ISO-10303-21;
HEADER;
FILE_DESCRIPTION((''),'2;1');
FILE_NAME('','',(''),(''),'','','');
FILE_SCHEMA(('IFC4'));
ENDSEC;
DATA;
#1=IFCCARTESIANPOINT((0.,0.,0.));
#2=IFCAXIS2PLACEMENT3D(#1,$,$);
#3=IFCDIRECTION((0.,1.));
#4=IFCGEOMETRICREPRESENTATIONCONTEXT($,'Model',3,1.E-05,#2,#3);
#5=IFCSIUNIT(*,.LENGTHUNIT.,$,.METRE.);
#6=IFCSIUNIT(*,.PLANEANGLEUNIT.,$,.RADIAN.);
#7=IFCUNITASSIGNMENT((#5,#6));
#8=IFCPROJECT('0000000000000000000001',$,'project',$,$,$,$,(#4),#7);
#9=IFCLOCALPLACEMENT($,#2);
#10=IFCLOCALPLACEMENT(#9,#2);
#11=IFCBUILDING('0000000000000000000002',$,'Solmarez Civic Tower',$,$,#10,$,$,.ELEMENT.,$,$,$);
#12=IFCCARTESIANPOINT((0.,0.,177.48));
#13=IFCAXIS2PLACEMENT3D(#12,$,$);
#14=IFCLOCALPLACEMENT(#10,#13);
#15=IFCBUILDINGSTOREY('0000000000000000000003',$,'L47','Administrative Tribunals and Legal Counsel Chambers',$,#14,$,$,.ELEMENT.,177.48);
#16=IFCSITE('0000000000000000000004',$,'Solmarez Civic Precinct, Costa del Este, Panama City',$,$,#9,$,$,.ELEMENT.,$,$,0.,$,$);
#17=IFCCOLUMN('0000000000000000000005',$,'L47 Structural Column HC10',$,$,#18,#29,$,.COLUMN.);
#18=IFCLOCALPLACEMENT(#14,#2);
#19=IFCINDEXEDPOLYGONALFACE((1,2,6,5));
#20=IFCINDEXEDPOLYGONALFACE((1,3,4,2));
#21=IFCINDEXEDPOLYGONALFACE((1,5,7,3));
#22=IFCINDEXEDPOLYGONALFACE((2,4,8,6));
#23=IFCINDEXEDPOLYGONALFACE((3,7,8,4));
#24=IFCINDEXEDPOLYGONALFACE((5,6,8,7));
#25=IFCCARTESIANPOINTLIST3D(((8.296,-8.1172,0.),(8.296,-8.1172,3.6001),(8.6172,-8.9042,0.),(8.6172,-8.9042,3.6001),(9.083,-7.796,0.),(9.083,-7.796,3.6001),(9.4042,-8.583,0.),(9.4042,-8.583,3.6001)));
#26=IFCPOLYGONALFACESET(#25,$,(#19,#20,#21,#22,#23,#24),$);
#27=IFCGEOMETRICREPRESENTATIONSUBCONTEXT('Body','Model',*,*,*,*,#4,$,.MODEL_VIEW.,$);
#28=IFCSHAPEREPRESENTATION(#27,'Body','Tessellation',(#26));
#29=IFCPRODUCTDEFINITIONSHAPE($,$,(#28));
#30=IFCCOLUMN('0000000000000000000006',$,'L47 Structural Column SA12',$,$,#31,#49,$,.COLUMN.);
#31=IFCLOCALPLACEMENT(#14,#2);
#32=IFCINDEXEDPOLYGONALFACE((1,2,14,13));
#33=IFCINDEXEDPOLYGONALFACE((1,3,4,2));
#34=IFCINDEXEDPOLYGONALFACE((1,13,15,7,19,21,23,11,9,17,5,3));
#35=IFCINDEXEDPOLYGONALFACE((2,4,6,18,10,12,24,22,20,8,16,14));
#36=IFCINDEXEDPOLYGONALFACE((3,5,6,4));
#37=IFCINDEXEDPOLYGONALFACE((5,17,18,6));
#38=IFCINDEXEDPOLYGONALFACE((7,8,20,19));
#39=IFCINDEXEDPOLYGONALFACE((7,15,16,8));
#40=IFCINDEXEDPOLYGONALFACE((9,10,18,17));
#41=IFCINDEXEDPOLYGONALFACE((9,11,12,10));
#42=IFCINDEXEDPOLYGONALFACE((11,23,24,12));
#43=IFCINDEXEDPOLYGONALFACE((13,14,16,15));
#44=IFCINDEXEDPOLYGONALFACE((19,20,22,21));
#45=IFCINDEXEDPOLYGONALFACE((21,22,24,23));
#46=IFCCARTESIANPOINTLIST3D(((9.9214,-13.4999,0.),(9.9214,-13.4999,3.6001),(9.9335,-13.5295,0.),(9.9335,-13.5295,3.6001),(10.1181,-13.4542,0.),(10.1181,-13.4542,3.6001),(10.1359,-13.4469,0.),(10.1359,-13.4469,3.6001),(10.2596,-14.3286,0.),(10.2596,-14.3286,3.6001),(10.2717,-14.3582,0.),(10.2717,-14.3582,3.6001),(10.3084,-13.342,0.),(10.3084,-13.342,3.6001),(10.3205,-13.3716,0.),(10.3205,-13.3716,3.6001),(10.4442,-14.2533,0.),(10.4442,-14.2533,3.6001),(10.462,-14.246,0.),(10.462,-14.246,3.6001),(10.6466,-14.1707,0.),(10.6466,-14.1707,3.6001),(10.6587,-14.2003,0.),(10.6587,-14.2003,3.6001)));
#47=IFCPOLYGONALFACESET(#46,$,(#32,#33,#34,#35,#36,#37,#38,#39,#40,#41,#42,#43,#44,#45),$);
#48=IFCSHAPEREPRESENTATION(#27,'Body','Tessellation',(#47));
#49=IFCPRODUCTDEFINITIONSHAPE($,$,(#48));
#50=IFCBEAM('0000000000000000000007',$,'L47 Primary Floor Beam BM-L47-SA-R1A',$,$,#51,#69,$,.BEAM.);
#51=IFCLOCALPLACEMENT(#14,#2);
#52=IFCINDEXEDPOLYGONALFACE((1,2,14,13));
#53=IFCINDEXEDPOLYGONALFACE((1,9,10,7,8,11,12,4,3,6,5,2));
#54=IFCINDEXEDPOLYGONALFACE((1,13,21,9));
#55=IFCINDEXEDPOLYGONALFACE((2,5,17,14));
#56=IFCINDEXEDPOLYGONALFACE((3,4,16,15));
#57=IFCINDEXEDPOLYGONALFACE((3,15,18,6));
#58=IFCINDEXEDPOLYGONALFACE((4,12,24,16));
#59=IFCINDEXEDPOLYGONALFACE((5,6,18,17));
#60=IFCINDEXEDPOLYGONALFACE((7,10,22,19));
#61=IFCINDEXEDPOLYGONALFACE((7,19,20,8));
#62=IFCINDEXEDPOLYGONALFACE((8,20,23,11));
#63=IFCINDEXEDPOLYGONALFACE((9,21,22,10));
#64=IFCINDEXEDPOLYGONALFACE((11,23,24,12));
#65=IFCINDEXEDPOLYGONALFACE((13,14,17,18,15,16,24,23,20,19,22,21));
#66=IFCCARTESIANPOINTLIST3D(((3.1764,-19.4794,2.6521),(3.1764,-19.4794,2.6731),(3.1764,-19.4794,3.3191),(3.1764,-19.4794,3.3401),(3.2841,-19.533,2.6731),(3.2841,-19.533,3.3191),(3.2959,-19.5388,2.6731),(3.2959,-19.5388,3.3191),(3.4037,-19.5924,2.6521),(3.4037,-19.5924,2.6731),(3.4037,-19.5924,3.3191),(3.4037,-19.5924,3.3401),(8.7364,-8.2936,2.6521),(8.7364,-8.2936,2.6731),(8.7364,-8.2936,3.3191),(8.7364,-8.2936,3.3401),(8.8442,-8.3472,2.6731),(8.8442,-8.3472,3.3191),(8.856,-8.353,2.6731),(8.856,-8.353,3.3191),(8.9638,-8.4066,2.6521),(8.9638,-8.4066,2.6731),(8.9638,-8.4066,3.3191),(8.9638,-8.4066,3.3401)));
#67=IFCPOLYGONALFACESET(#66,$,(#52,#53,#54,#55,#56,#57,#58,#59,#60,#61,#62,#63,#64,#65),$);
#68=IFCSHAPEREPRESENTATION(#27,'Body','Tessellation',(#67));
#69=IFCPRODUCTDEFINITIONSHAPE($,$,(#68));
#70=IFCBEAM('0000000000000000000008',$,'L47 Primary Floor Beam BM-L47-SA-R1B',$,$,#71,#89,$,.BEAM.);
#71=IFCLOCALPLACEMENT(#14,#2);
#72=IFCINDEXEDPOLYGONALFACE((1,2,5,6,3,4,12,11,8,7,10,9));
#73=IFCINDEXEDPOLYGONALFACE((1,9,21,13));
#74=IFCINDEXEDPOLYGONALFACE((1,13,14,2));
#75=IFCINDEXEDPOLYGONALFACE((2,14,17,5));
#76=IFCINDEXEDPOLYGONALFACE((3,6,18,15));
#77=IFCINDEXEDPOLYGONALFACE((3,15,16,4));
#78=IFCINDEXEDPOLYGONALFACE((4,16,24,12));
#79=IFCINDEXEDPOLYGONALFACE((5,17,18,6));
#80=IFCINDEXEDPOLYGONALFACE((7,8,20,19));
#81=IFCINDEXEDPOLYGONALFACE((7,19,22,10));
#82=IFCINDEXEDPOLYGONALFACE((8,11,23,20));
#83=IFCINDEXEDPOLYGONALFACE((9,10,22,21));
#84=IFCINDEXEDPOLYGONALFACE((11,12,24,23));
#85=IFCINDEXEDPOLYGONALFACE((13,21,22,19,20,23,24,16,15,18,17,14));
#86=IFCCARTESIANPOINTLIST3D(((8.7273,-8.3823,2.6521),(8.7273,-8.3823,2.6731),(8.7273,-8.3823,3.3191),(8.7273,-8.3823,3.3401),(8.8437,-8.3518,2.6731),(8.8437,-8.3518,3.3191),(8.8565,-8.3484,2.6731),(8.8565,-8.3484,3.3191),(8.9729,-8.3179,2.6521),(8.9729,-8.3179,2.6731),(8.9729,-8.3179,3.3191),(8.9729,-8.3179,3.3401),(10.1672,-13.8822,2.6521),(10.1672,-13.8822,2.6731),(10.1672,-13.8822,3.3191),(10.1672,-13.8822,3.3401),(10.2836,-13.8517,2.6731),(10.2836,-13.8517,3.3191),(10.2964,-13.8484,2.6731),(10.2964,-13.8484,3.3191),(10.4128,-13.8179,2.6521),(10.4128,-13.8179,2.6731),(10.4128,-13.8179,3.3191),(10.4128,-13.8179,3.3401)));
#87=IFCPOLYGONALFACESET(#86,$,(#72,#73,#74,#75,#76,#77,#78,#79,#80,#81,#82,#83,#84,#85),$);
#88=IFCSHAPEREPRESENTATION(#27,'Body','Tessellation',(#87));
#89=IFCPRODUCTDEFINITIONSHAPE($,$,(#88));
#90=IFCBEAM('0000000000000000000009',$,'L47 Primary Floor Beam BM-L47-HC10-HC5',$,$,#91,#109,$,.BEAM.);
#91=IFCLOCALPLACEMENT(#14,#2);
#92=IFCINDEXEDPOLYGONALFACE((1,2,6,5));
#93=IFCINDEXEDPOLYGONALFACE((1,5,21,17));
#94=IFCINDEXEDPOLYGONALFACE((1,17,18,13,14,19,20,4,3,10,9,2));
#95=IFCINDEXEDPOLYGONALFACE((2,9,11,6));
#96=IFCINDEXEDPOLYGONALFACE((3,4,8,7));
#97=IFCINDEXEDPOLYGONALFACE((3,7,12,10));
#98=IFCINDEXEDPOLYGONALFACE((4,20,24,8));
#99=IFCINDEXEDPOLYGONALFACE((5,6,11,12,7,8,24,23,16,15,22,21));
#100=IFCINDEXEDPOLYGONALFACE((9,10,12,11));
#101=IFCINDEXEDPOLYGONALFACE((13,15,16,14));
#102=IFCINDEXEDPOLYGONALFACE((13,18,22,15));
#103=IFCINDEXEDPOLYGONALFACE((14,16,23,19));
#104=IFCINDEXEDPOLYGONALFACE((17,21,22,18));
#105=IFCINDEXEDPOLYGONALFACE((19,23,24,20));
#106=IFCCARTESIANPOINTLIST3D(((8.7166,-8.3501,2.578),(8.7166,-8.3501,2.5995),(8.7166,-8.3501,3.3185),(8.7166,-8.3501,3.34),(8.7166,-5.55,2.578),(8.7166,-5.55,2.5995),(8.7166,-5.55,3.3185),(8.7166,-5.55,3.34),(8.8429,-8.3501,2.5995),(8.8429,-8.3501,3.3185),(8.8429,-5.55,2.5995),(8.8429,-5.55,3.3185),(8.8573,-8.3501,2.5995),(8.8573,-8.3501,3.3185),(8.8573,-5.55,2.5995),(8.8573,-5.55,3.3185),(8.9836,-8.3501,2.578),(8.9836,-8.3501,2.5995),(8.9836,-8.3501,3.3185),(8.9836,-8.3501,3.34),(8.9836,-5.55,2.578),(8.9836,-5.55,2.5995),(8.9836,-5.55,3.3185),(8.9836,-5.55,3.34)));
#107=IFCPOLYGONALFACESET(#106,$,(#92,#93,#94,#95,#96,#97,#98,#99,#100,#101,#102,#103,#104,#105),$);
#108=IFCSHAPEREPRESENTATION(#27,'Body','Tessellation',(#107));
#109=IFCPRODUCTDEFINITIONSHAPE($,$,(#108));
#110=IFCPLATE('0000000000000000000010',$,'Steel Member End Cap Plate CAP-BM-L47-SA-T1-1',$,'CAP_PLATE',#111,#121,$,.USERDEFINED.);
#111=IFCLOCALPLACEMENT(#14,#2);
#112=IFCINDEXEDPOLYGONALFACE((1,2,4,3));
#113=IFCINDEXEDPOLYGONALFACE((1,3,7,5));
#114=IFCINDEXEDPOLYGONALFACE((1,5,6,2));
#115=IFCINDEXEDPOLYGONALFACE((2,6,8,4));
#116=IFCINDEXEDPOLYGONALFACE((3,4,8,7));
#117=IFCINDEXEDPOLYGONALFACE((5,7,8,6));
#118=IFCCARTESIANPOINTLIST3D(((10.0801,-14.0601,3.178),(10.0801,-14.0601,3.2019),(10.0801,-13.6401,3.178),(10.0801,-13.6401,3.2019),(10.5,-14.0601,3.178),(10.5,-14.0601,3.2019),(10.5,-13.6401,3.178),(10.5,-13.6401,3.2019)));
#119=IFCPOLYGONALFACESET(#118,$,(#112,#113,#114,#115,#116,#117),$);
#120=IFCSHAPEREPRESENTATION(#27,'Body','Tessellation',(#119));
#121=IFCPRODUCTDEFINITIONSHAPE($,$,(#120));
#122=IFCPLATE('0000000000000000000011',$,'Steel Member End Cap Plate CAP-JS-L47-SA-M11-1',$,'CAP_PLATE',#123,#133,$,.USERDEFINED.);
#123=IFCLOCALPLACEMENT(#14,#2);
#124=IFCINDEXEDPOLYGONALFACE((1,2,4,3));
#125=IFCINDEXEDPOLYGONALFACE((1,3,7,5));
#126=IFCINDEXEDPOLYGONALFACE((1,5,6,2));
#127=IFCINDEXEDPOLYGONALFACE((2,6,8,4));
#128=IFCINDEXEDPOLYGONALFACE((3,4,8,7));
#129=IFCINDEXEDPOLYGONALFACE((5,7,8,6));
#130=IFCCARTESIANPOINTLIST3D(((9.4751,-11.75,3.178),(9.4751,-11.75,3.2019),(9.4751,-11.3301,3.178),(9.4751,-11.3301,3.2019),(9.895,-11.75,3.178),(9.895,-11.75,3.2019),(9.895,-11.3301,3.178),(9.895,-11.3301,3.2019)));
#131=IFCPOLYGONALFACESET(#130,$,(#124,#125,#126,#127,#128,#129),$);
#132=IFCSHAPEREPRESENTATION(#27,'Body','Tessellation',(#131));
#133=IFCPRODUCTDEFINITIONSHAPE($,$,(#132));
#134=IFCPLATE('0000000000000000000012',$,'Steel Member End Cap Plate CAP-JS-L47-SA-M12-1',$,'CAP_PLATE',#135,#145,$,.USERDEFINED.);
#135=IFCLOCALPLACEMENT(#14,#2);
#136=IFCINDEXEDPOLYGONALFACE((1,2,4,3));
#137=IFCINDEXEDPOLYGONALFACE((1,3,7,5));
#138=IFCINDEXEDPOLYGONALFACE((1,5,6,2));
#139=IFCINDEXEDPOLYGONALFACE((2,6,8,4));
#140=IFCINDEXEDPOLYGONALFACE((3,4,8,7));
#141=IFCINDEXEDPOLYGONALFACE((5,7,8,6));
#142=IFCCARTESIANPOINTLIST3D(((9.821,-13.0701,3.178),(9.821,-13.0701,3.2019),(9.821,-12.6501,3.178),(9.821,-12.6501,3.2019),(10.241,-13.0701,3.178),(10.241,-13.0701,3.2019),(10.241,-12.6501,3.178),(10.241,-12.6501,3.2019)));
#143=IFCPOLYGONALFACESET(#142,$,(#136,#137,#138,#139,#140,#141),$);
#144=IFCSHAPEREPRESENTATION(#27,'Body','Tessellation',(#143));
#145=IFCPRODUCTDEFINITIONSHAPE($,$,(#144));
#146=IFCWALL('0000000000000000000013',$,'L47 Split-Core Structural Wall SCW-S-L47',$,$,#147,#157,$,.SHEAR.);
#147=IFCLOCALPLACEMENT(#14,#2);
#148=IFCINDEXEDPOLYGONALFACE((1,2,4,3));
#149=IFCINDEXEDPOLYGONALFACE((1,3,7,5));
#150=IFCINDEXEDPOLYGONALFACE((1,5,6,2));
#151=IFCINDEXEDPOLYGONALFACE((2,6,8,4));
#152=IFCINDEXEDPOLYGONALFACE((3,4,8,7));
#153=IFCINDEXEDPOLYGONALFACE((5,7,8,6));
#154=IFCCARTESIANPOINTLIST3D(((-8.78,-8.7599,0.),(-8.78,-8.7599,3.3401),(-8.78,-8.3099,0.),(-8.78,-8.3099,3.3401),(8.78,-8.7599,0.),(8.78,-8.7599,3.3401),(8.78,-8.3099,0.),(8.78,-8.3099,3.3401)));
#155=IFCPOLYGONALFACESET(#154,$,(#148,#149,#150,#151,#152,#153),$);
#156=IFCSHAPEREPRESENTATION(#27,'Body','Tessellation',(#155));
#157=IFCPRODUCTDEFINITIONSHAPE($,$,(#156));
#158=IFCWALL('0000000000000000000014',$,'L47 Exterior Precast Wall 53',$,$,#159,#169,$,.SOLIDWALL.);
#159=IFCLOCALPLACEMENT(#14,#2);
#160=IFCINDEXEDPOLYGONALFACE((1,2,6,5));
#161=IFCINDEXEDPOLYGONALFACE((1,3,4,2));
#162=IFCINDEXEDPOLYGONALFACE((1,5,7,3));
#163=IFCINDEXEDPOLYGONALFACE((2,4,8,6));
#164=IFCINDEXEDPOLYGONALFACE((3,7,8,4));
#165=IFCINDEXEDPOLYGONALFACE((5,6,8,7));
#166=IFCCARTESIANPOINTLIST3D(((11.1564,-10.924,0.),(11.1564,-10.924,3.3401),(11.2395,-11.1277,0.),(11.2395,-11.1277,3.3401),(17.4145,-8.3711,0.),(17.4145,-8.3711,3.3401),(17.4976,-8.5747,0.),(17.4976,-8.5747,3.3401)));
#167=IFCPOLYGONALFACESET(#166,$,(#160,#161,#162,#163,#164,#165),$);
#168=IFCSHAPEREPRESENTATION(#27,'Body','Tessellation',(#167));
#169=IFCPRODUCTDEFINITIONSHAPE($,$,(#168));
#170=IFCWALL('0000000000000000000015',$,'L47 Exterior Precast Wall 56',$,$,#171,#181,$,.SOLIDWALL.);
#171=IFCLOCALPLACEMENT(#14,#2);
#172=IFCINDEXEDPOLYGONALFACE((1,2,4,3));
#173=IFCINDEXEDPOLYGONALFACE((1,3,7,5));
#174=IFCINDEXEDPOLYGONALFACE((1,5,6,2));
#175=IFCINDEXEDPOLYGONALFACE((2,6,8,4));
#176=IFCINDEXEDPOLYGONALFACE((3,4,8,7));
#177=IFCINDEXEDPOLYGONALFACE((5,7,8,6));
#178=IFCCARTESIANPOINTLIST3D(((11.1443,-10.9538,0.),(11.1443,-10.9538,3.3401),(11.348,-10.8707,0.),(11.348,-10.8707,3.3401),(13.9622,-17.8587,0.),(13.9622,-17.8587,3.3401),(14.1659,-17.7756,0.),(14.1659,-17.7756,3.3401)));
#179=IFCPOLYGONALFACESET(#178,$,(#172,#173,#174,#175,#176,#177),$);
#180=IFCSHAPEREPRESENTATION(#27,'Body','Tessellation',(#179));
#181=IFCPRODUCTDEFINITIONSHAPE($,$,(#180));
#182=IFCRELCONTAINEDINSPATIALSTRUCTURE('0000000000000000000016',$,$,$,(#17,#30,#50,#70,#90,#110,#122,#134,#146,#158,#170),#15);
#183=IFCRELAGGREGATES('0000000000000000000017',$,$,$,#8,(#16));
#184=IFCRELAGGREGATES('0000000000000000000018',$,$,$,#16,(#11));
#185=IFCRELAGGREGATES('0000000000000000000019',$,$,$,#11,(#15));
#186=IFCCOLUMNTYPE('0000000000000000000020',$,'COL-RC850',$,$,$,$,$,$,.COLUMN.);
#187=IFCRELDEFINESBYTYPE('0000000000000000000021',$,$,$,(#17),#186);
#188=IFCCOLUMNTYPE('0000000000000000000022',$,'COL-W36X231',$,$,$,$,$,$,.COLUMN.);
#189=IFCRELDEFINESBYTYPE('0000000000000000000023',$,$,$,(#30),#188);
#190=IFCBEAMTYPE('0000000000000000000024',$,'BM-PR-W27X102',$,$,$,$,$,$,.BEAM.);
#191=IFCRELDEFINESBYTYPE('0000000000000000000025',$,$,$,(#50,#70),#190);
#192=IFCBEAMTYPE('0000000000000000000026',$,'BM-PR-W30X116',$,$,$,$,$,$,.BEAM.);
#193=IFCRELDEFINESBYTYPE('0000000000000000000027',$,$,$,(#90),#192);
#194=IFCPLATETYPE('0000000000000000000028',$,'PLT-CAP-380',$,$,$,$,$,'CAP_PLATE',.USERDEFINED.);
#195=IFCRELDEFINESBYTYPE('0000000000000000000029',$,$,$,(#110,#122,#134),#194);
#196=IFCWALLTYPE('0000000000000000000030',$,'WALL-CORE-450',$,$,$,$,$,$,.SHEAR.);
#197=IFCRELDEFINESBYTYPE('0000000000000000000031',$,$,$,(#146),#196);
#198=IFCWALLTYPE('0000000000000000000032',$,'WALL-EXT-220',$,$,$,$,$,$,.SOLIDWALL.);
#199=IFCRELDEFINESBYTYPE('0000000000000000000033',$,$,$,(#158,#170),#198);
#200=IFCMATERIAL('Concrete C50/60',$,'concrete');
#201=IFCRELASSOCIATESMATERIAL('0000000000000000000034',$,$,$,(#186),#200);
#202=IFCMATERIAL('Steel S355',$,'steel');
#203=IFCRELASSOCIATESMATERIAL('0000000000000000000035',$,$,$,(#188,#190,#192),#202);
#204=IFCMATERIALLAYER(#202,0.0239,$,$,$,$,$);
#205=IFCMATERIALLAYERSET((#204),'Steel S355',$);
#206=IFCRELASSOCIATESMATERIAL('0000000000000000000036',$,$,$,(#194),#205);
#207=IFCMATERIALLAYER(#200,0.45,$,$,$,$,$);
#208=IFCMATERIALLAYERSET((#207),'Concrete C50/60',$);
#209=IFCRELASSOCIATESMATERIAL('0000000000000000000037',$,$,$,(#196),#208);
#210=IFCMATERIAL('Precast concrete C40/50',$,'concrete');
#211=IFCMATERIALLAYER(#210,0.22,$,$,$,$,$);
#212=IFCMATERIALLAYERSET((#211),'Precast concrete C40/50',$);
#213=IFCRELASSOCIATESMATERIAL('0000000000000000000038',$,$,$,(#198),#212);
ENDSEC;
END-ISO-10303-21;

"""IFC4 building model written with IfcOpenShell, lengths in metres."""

from ifc_helpers import new_model, si_unit, direction, frame, frame_2d, origin, origin_2d, place, context, subcontext, project, spatial, rectangle, i_section, extrude, material, layer, layer_set, material_profile, profile_set, type_object, element, save


model = new_model("IFC4")

# Units and contexts
model_context = context("Model", 3, precision=1e-05, world=origin(), true_north=direction((0.0, 1.0)))
body_context = subcontext(model_context, "Body", "Model", "MODEL_VIEW")
ifc_project = project(units=[si_unit("LENGTHUNIT", "METRE"), si_unit("PLANEANGLEUNIT", "RADIAN")], contexts=[model_context])

# Site, building, storey
site_placement = place(None, origin())
site = spatial("IfcSite", under=ifc_project, at=site_placement, Name="Solmarez Civic Precinct, Costa del Este, Panama City", CompositionType="ELEMENT", RefElevation=0.0)
building_placement = place(site_placement, origin())
building = spatial("IfcBuilding", under=site, at=building_placement, Name="Solmarez Civic Tower", CompositionType="ELEMENT")
storey_placement = place(building_placement, frame((0.0, 0.0, 177.48)))
storey = spatial("IfcBuildingStorey", under=building, at=storey_placement, Name="L47", Description="Administrative Tribunals and Legal Counsel Chambers", CompositionType="ELEMENT", Elevation=177.48)

# Columns
ifc_material_1 = material(Name="Concrete C50/60", Category="concrete")
ifc_material_profile_1 = material_profile(ifc_material_1, rectangle(XDim=0.8501, YDim=0.8501, at=origin_2d()), Name="RC850X850")
ifc_profile_set_1 = profile_set([ifc_material_profile_1], Name="Concrete C50/60")
column_type_1 = type_object("IfcColumnType", Name="COL-RC850", PredefinedType="COLUMN", material=ifc_profile_set_1)
column_1_placement = place(storey_placement, frame((8.8501, -8.3501, 0.0), z_axis=(0.0, 0.0, 1.0), x_axis=(0.925871, 0.377841, 0.0)))
element("IfcColumn", 1, at=column_1_placement, inside=storey, type_object=column_type_1, Name="L47 Structural Column HC10", PredefinedType="COLUMN", context=body_context, shape_type="SweptSolid", body=[
    extrude(rectangle(XDim=0.8501, YDim=0.8501, at=origin_2d()), origin(), (0.0, 0.0, 1.0), 3.6001),
])
ifc_material_2 = material(Name="Steel S355", Category="steel")
ifc_material_profile_2 = material_profile(ifc_material_2, i_section(OverallWidth=0.418, OverallDepth=0.927, WebThickness=0.0193, FlangeThickness=0.032, at=origin_2d()), Name="W36X231")
ifc_profile_set_2 = profile_set([ifc_material_profile_2], Name="Steel S355")
column_type_2 = type_object("IfcColumnType", Name="COL-W36X231", PredefinedType="COLUMN", material=ifc_profile_set_2)
column_2_placement = place(storey_placement, frame((10.29, -13.8501, 0.0), z_axis=(0.0, 0.0, 1.0), x_axis=(0.925871, 0.377841, 0.0)))
element("IfcColumn", 2, at=column_2_placement, inside=storey, type_object=column_type_2, Name="L47 Structural Column SA12", PredefinedType="COLUMN", context=body_context, shape_type="SweptSolid", body=[
    extrude(i_section(OverallWidth=0.418, OverallDepth=0.927, WebThickness=0.0193, FlangeThickness=0.032, at=origin_2d()), origin(), (0.0, 0.0, 1.0), 3.6001),
])

# Beams
ifc_material_profile_3 = material_profile(ifc_material_2, i_section(OverallWidth=0.2539, OverallDepth=0.688, WebThickness=0.0132, FlangeThickness=0.021, at=origin_2d()), Name="W27X102")
ifc_profile_set_3 = profile_set([ifc_material_profile_3], Name="Steel S355")
beam_type_1 = type_object("IfcBeamType", Name="BM-PR-W27X102", PredefinedType="BEAM", material=ifc_profile_set_3)
beam_1_placement = place(storey_placement, frame((8.8501, -8.3501, 2.9961), z_axis=(-0.445109, -0.895476, 0.0), x_axis=(0.895476, -0.445109, 0.0)))
element("IfcBeam", 3, at=beam_1_placement, inside=storey, type_object=beam_type_1, Name="L47 Primary Floor Beam BM-L47-SA-R1A", PredefinedType="BEAM", context=body_context, shape_type="SweptSolid", body=[
    extrude(i_section(OverallWidth=0.2539, OverallDepth=0.688, WebThickness=0.0132, FlangeThickness=0.021, at=origin_2d()), origin(), (0.0, 0.0, 1.0), 12.4915),
])
beam_2_placement = place(storey_placement, frame((8.8501, -8.3501, 2.9961), z_axis=(0.253271, -0.967395, 0.0), x_axis=(0.967395, 0.253271, 0.0)))
element("IfcBeam", 4, at=beam_2_placement, inside=storey, type_object=beam_type_1, Name="L47 Primary Floor Beam BM-L47-SA-R1B", PredefinedType="BEAM", context=body_context, shape_type="SweptSolid", body=[
    extrude(i_section(OverallWidth=0.2539, OverallDepth=0.688, WebThickness=0.0132, FlangeThickness=0.021, at=origin_2d()), origin(), (0.0, 0.0, 1.0), 5.6853),
])
ifc_material_profile_4 = material_profile(ifc_material_2, i_section(OverallWidth=0.2671, OverallDepth=0.762, WebThickness=0.0144, FlangeThickness=0.0215, at=origin_2d()), Name="W30X116")
ifc_profile_set_4 = profile_set([ifc_material_profile_4], Name="Steel S355")
beam_type_2 = type_object("IfcBeamType", Name="BM-PR-W30X116", PredefinedType="BEAM", material=ifc_profile_set_4)
beam_3_placement = place(storey_placement, frame((8.8501, -8.3501, 2.959), z_axis=(0.0, 1.0, 0.0), x_axis=(-1.0, 0.0, 0.0)))
element("IfcBeam", 5, at=beam_3_placement, inside=storey, type_object=beam_type_2, Name="L47 Primary Floor Beam BM-L47-HC10-HC5", PredefinedType="BEAM", context=body_context, shape_type="SweptSolid", body=[
    extrude(i_section(OverallWidth=0.2671, OverallDepth=0.762, WebThickness=0.0144, FlangeThickness=0.0215, at=origin_2d()), origin(), (0.0, 0.0, 1.0), 2.8),
])

# Plates
ifc_layer_1 = layer(ifc_material_2, 0.0239)
ifc_layer_set_1 = layer_set([ifc_layer_1], Name="Steel S355")
plate_type = type_object("IfcPlateType", Name="PLT-CAP-380", ElementType="CAP_PLATE", PredefinedType="USERDEFINED", material=ifc_layer_set_1)
for number, where, z_axis, x_axis, name in (
    (6, (10.29, -13.8501, 3.178), (0.0, 0.0, 1.0), (1.0, 0.0, 0.0), "Steel Member End Cap Plate CAP-BM-L47-SA-T1-1"),
    (7, (9.6851, -11.54, 3.178), (0.0, 0.0, 1.0), (1.0, 0.0, 0.0), "Steel Member End Cap Plate CAP-JS-L47-SA-M11-1"),
    (8, (10.031, -12.8601, 3.178), (0.0, 0.0, 1.0), (1.0, 0.0, 0.0), "Steel Member End Cap Plate CAP-JS-L47-SA-M12-1"),
):
    element("IfcPlate", number, at=place(storey_placement, frame(where, z_axis=z_axis, x_axis=x_axis)), inside=storey, type_object=plate_type, Name=name, ObjectType="CAP_PLATE", PredefinedType="USERDEFINED", context=body_context, shape_type="SweptSolid", body=[
        extrude(rectangle(XDim=0.4199, YDim=0.4199, at=origin_2d()), origin(), (0.0, 0.0, 1.0), 0.0239),
    ])

# Walls
ifc_layer_2 = layer(ifc_material_1, 0.45)
ifc_layer_set_2 = layer_set([ifc_layer_2], Name="Concrete C50/60")
wall_type_1 = type_object("IfcWallType", Name="WALL-CORE-450", PredefinedType="SHEAR", material=ifc_layer_set_2)
wall_1_placement = place(storey_placement, frame((8.78, -8.5349, 0.0), z_axis=(0.0, 0.0, 1.0), x_axis=(-1.0, 0.0, 0.0)))
element("IfcWall", 9, at=wall_1_placement, inside=storey, type_object=wall_type_1, Name="L47 Split-Core Structural Wall SCW-S-L47", PredefinedType="SHEAR", context=body_context, shape_type="SweptSolid", body=[
    extrude(rectangle(XDim=17.5601, YDim=0.45, at=frame_2d((8.78, 0.0))), origin(), (0.0, 0.0, 1.0), 3.3401),
])
ifc_material_3 = material(Name="Precast concrete C40/50", Category="concrete")
ifc_layer_3 = layer(ifc_material_3, 0.22)
ifc_layer_set_3 = layer_set([ifc_layer_3], Name="Precast concrete C40/50")
wall_type_2 = type_object("IfcWallType", Name="WALL-EXT-220", PredefinedType="SOLIDWALL", material=ifc_layer_set_3)
wall_2_placement = place(storey_placement, frame((17.4561, -8.4729, 0.0), z_axis=(0.0, 0.0, 1.0), x_axis=(-0.925916, -0.377728, 0.0)))
element("IfcWall", 10, at=wall_2_placement, inside=storey, type_object=wall_type_2, Name="L47 Exterior Precast Wall 53", PredefinedType="SOLIDWALL", context=body_context, shape_type="SweptSolid", body=[
    extrude(rectangle(XDim=6.7588, YDim=0.22, at=frame_2d((3.3794, 0.0))), origin(), (0.0, 0.0, 1.0), 3.3401),
])
wall_3_placement = place(storey_placement, frame((11.2461, -10.9121, 0.0), z_axis=(0.0, 0.0, 1.0), x_axis=(0.37785, -0.925867, 0.0)))
element("IfcWall", 11, at=wall_3_placement, inside=storey, type_object=wall_type_2, Name="L47 Exterior Precast Wall 56", PredefinedType="SOLIDWALL", context=body_context, shape_type="SweptSolid", body=[
    extrude(rectangle(XDim=7.4578, YDim=0.22, at=frame_2d((3.729, 0.0))), origin(), (0.0, 0.0, 1.0), 3.3401),
])

save(model, "model.ifc")
